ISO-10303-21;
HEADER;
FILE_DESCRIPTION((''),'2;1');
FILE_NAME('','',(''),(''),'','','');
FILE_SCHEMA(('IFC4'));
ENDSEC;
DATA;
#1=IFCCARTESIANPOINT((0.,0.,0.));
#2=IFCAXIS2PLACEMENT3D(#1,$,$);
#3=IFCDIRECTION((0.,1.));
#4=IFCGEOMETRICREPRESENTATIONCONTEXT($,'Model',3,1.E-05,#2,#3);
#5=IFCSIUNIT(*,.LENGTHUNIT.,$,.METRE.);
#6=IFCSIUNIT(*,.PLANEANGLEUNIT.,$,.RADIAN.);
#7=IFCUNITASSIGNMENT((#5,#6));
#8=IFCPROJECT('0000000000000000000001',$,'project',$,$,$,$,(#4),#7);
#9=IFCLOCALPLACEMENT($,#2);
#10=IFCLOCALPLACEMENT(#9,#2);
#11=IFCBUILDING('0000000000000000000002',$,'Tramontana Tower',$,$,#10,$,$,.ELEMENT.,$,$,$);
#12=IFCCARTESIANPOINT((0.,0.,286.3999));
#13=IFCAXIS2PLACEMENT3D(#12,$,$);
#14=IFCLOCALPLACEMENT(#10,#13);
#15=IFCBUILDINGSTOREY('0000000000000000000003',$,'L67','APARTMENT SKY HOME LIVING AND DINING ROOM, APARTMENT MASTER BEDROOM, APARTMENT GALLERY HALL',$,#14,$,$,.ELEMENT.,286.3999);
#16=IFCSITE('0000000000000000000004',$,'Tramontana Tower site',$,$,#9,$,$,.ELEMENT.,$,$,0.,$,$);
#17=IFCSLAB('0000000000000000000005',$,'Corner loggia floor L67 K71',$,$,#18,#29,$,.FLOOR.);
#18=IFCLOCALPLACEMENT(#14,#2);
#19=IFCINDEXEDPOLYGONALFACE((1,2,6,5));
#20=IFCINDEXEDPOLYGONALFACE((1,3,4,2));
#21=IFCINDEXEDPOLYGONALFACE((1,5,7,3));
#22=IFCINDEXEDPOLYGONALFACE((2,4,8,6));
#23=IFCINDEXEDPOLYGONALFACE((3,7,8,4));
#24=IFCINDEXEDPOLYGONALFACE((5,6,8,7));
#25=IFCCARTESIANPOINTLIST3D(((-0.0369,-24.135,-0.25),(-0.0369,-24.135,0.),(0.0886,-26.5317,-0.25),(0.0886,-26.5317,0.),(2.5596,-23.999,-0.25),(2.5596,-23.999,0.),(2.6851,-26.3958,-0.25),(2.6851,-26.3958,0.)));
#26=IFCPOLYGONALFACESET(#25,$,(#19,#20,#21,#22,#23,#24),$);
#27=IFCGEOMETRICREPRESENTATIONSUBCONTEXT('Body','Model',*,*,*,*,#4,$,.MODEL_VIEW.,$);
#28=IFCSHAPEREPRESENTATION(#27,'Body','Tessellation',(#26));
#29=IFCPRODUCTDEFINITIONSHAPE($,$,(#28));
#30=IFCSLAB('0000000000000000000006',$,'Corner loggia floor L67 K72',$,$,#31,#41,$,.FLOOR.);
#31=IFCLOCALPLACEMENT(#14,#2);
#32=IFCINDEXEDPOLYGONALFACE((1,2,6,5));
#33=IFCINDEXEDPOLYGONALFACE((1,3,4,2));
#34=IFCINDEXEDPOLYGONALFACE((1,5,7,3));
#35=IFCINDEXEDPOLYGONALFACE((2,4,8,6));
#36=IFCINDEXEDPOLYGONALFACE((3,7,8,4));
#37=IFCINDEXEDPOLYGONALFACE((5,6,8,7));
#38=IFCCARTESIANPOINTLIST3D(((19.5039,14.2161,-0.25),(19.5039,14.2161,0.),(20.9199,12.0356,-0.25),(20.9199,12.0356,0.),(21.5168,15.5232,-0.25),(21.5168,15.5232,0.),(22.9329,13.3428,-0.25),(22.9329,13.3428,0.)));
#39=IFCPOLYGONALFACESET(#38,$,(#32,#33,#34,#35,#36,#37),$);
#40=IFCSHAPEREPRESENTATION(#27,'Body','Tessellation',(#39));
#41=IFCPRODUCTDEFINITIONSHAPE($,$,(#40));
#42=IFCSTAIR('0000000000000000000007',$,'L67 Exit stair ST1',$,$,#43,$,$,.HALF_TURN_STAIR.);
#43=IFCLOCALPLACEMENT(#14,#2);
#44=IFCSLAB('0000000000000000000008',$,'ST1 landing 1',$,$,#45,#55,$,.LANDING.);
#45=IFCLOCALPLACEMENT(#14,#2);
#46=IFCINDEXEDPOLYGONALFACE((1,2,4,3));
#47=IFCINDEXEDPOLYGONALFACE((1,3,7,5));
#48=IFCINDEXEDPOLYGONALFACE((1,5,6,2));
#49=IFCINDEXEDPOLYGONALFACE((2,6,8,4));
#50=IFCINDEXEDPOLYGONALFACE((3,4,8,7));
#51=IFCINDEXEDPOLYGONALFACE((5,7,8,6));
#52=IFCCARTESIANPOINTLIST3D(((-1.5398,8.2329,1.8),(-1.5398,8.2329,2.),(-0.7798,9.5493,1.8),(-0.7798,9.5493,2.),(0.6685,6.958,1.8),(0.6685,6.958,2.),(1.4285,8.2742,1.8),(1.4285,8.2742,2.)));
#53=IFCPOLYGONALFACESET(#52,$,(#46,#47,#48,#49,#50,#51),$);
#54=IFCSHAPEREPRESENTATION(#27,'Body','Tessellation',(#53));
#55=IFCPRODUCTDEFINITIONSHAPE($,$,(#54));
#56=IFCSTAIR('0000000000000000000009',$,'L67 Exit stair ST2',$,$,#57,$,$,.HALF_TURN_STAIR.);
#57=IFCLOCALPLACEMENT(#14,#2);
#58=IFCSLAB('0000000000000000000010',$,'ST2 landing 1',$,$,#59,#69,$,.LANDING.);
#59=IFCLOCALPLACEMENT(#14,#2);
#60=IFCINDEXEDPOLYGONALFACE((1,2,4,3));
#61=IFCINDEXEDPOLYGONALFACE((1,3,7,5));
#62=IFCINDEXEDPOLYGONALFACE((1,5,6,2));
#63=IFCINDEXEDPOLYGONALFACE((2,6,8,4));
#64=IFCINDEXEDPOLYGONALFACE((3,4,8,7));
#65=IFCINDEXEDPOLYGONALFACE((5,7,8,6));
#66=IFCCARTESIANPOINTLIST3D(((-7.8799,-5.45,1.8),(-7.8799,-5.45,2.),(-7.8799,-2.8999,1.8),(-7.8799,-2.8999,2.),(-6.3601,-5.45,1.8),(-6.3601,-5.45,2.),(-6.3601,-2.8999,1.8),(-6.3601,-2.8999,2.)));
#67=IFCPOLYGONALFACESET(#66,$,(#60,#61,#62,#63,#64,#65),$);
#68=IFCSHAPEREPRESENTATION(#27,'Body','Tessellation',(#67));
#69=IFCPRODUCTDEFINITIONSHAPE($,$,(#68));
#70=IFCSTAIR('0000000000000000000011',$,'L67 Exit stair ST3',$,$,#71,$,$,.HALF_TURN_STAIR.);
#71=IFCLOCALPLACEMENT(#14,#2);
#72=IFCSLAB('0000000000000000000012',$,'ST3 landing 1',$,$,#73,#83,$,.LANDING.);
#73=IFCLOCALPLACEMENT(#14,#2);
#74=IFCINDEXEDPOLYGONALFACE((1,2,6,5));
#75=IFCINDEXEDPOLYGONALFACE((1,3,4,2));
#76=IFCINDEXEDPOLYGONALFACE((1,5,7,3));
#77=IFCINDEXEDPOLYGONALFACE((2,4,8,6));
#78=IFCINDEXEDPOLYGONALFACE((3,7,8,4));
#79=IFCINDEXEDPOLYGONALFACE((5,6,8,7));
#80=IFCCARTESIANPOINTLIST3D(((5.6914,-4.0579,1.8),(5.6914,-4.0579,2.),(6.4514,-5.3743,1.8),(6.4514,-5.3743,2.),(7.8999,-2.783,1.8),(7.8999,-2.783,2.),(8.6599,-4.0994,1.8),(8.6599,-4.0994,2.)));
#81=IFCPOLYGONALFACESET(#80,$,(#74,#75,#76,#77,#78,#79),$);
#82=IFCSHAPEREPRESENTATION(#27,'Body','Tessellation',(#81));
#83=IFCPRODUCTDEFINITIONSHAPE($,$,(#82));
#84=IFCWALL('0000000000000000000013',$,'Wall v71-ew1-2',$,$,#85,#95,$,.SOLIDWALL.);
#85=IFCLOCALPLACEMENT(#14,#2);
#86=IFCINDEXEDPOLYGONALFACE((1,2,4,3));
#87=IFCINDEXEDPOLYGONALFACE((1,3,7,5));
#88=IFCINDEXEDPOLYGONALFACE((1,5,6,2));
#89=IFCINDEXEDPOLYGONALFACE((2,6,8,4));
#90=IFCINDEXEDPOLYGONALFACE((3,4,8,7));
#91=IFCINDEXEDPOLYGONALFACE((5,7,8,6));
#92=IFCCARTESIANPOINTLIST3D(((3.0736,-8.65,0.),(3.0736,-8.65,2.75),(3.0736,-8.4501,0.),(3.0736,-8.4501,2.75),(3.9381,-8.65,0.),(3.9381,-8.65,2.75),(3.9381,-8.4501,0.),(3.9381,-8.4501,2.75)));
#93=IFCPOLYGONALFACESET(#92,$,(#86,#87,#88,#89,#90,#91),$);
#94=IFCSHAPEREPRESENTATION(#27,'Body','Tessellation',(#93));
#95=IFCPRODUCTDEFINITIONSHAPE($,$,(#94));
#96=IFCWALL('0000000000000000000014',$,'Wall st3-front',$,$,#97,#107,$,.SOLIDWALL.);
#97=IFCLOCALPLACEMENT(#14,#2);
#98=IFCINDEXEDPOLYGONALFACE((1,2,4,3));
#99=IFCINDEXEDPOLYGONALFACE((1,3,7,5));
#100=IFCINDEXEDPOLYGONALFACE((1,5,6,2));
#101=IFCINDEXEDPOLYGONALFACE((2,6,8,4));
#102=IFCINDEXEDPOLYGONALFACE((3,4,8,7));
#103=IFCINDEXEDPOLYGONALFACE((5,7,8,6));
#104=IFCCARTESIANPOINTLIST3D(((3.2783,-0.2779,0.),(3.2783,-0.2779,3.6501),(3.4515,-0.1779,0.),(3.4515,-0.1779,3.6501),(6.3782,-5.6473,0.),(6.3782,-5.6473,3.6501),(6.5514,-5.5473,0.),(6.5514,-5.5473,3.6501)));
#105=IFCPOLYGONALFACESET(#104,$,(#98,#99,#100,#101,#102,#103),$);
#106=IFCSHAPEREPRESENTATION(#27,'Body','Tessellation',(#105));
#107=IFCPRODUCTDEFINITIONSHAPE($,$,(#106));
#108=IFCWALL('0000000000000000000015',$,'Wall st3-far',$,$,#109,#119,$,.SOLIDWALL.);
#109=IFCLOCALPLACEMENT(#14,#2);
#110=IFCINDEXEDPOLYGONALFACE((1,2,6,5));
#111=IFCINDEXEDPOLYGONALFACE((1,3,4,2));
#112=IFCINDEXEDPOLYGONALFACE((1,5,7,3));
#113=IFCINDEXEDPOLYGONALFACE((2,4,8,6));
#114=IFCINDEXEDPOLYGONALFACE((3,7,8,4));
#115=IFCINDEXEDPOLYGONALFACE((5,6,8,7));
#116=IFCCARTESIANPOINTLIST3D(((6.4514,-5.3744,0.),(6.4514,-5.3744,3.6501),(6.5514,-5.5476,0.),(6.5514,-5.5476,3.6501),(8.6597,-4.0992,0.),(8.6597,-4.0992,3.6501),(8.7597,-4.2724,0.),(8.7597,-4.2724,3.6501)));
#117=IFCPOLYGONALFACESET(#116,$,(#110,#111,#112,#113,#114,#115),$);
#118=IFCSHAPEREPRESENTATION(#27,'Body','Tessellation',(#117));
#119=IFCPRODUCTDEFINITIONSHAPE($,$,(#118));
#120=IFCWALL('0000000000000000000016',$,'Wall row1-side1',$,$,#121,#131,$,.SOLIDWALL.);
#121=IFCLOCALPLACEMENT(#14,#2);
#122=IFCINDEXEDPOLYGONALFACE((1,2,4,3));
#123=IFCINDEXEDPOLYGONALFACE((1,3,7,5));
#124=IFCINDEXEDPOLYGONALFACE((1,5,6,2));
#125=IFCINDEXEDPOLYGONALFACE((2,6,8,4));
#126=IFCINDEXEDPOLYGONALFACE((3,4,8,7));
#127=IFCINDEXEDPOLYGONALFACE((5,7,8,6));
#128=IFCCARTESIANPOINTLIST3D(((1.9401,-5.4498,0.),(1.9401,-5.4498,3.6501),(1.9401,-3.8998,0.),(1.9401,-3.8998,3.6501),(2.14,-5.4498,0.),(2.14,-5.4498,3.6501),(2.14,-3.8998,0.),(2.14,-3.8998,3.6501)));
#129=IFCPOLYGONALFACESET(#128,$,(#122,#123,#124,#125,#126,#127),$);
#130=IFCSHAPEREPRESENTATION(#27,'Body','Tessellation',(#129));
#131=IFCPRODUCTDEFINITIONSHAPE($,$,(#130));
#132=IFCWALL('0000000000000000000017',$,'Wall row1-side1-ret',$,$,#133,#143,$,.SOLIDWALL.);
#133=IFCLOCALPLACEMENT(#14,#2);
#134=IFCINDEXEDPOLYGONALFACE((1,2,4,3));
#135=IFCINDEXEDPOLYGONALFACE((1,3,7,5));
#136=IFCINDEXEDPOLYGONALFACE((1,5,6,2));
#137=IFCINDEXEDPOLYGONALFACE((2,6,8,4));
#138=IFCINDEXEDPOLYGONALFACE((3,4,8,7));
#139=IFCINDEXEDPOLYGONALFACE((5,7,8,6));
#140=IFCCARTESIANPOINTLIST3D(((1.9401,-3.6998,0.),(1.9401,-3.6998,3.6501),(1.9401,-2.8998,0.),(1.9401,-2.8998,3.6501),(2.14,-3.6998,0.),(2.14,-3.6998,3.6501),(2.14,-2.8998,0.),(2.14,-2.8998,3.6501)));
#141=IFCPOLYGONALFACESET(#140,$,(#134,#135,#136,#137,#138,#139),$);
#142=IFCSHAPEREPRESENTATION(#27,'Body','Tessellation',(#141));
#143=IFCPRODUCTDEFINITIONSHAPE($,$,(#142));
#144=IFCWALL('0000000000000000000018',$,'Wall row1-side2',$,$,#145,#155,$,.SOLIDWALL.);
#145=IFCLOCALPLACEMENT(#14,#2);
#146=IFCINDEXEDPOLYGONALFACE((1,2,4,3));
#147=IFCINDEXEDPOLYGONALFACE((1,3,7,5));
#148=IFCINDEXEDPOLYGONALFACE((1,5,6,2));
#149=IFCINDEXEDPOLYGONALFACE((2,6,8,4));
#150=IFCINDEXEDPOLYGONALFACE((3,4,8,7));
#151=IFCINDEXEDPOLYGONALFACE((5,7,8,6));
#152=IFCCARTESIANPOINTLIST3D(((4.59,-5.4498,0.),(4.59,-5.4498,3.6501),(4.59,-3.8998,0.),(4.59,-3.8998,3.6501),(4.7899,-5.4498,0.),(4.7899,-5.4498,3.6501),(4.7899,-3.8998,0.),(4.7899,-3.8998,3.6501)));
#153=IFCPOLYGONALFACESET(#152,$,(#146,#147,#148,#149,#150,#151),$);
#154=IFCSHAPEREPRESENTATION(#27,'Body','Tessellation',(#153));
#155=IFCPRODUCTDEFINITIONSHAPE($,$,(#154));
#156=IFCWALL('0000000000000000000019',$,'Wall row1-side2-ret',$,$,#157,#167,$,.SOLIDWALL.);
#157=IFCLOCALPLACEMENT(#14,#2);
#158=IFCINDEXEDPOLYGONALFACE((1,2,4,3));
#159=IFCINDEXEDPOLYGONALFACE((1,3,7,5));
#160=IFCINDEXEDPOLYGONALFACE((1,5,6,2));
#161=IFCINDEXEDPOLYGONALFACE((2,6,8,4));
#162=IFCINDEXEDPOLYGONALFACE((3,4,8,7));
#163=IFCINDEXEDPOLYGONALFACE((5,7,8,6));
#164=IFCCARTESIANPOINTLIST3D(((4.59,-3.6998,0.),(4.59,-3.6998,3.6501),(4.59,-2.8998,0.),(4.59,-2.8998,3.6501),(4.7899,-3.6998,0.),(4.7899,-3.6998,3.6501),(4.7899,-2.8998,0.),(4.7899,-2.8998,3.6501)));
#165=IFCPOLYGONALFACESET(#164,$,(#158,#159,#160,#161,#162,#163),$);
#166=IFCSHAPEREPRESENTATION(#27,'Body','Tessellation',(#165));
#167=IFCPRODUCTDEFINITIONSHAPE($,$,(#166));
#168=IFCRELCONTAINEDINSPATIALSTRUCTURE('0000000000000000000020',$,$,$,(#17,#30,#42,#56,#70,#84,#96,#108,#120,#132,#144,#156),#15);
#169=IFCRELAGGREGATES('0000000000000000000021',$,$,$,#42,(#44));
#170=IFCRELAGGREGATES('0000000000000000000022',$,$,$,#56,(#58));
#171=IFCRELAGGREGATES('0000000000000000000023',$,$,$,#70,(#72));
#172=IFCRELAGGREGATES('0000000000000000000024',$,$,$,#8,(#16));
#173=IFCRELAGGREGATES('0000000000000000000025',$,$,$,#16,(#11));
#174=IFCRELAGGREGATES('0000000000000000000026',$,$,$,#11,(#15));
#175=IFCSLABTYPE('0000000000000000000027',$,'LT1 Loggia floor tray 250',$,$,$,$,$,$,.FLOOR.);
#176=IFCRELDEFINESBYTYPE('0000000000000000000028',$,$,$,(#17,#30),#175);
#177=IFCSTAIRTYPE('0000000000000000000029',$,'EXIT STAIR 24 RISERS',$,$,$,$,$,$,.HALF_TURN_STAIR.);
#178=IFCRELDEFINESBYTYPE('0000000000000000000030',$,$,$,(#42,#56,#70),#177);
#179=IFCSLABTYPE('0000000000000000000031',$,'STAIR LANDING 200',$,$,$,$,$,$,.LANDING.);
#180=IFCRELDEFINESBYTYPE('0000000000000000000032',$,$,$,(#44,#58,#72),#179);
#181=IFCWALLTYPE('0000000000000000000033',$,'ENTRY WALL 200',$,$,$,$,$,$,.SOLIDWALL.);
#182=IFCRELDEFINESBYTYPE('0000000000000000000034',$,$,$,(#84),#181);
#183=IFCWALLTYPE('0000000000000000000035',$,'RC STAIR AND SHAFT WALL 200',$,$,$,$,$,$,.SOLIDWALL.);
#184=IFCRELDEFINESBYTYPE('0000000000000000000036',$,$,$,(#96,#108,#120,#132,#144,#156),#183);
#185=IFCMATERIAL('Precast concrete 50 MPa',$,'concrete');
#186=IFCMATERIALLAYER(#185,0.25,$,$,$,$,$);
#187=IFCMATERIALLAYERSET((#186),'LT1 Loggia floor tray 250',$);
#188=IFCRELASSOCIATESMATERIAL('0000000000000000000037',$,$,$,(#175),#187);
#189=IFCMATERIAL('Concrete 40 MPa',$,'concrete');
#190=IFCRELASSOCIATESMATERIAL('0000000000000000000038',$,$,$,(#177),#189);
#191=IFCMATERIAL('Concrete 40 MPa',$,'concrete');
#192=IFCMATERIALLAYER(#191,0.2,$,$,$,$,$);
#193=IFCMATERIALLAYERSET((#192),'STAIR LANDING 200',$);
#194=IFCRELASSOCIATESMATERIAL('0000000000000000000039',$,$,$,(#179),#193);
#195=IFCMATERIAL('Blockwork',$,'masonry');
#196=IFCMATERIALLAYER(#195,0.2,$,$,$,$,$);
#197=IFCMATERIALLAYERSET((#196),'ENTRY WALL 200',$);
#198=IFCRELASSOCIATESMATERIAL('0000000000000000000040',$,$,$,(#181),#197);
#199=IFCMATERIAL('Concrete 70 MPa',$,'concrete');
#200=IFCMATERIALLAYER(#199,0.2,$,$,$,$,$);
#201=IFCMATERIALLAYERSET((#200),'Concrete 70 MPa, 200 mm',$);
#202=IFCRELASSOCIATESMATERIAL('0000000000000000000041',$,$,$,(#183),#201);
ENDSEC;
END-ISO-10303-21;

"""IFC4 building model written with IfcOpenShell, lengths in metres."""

from ifc_helpers import new_model, si_unit, direction, frame, frame_2d, origin, place, context, subcontext, project, spatial, polyline, rectangle, outline, extrude, material, layer, layer_set, type_object, element, aggregate, save


model = new_model("IFC4")

# Units and contexts
model_context = context("Model", 3, precision=1e-05, world=origin(), true_north=direction((0.0, 1.0)))
body_context = subcontext(model_context, "Body", "Model", "MODEL_VIEW")
ifc_project = project(units=[si_unit("LENGTHUNIT", "METRE"), si_unit("PLANEANGLEUNIT", "RADIAN")], contexts=[model_context])

# Site, building, storey
site_placement = place(None, origin())
site = spatial("IfcSite", under=ifc_project, at=site_placement, Name="Tramontana Tower site", CompositionType="ELEMENT", RefElevation=0.0)
building_placement = place(site_placement, origin())
building = spatial("IfcBuilding", under=site, at=building_placement, Name="Tramontana Tower", CompositionType="ELEMENT")
storey_placement = place(building_placement, frame((0.0, 0.0, 286.3999)))
storey = spatial("IfcBuildingStorey", under=building, at=storey_placement, Name="L67", Description="APARTMENT SKY HOME LIVING AND DINING ROOM, APARTMENT MASTER BEDROOM, APARTMENT GALLERY HALL", CompositionType="ELEMENT", Elevation=286.3999)

# Slabs
ifc_material_1 = material(Name="Precast concrete 50 MPa", Category="concrete")
ifc_layer_1 = layer(ifc_material_1, 0.25)
ifc_layer_set_1 = layer_set([ifc_layer_1], Name="LT1 Loggia floor tray 250")
slab_type_1 = type_object("IfcSlabType", Name="LT1 Loggia floor tray 250", PredefinedType="FLOOR", material=ifc_layer_set_1)
slab_1_placement = place(storey_placement, frame((0.0, 0.0, -0.25)))
element("IfcSlab", 1, at=slab_1_placement, inside=storey, type_object=slab_type_1, Name="Corner loggia floor L67 K71", PredefinedType="FLOOR", context=body_context, shape_type="SweptSolid", body=[
    extrude(outline(polyline([(0.0886, -26.5317), (-0.0369, -24.135), (2.5596, -23.999), (2.6851, -26.3958), (0.0886, -26.5317)])), origin(), (0.0, 0.0, 1.0), 0.25),
])
slab_2_placement = place(storey_placement, frame((0.0, 0.0, -0.25)))
element("IfcSlab", 2, at=slab_2_placement, inside=storey, type_object=slab_type_1, Name="Corner loggia floor L67 K72", PredefinedType="FLOOR", context=body_context, shape_type="SweptSolid", body=[
    extrude(outline(polyline([(22.9329, 13.3428), (20.9199, 12.0356), (19.5039, 14.2161), (21.5168, 15.5232), (22.9329, 13.3428)])), origin(), (0.0, 0.0, 1.0), 0.25),
])

# Stairs, slabs
ifc_material_2 = material(Name="Concrete 40 MPa", Category="concrete")
stair_type = type_object("IfcStairType", Name="EXIT STAIR 24 RISERS", PredefinedType="HALF_TURN_STAIR", material=ifc_material_2)
stair_1_placement = place(storey_placement, origin())
stair_1 = element("IfcStair", 3, at=stair_1_placement, inside=storey, type_object=stair_type, Name="L67 Exit stair ST1", PredefinedType="HALF_TURN_STAIR")
ifc_material_3 = material(Name="Concrete 40 MPa", Category="concrete")
ifc_layer_2 = layer(ifc_material_3, 0.2)
ifc_layer_set_2 = layer_set([ifc_layer_2], Name="STAIR LANDING 200")
slab_type_2 = type_object("IfcSlabType", Name="STAIR LANDING 200", PredefinedType="LANDING", material=ifc_layer_set_2)
slab_3_placement = place(storey_placement, frame((0.0, 0.0, 1.8)))
slab_3 = element("IfcSlab", 4, at=slab_3_placement, type_object=slab_type_2, Name="ST1 landing 1", PredefinedType="LANDING", context=body_context, shape_type="SweptSolid", body=[
    extrude(outline(polyline([(0.6685, 6.958), (1.4285, 8.2742), (-0.7798, 9.5493), (-1.5398, 8.2329), (0.6685, 6.958)])), origin(), (0.0, 0.0, 1.0), 0.2),
])
aggregate(stair_1, [slab_3])
stair_2_placement = place(storey_placement, origin())
stair_2 = element("IfcStair", 5, at=stair_2_placement, inside=storey, type_object=stair_type, Name="L67 Exit stair ST2", PredefinedType="HALF_TURN_STAIR")
slab_4_placement = place(storey_placement, frame((0.0, 0.0, 1.8)))
slab_4 = element("IfcSlab", 6, at=slab_4_placement, type_object=slab_type_2, Name="ST2 landing 1", PredefinedType="LANDING", context=body_context, shape_type="SweptSolid", body=[
    extrude(outline(polyline([(-6.3601, -2.8999), (-7.8799, -2.8999), (-7.8799, -5.45), (-6.3601, -5.45), (-6.3601, -2.8999)])), origin(), (0.0, 0.0, 1.0), 0.2),
])
aggregate(stair_2, [slab_4])
stair_3_placement = place(storey_placement, origin())
stair_3 = element("IfcStair", 7, at=stair_3_placement, inside=storey, type_object=stair_type, Name="L67 Exit stair ST3", PredefinedType="HALF_TURN_STAIR")
slab_5_placement = place(storey_placement, frame((0.0, 0.0, 1.8)))
slab_5 = element("IfcSlab", 8, at=slab_5_placement, type_object=slab_type_2, Name="ST3 landing 1", PredefinedType="LANDING", context=body_context, shape_type="SweptSolid", body=[
    extrude(outline(polyline([(5.6914, -4.0579), (6.4514, -5.3743), (8.6599, -4.0994), (7.8999, -2.783), (5.6914, -4.0579)])), origin(), (0.0, 0.0, 1.0), 0.2),
])

# Walls
ifc_material_4 = material(Name="Blockwork", Category="masonry")
ifc_layer_3 = layer(ifc_material_4, 0.2)
ifc_layer_set_3 = layer_set([ifc_layer_3], Name="ENTRY WALL 200")
wall_type_1 = type_object("IfcWallType", Name="ENTRY WALL 200", PredefinedType="SOLIDWALL", material=ifc_layer_set_3)
wall_1_placement = place(storey_placement, frame((3.938, -8.55, 0.0), z_axis=(0.0, 0.0, 1.0), x_axis=(-1.0, 0.0, 0.0)))
element("IfcWall", 9, at=wall_1_placement, inside=storey, type_object=wall_type_1, Name="Wall v71-ew1-2", PredefinedType="SOLIDWALL", context=body_context, shape_type="SweptSolid", body=[
    extrude(rectangle(XDim=0.8645, YDim=0.2, at=frame_2d((0.4321, 0.0))), origin(), (0.0, 0.0, 1.0), 2.75),
])
ifc_material_5 = material(Name="Concrete 70 MPa", Category="concrete")
ifc_layer_4 = layer(ifc_material_5, 0.2)
ifc_layer_set_4 = layer_set([ifc_layer_4], Name="Concrete 70 MPa, 200 mm")
wall_type_2 = type_object("IfcWallType", Name="RC STAIR AND SHAFT WALL 200", PredefinedType="SOLIDWALL", material=ifc_layer_set_4)
wall_2_placement = place(storey_placement, frame((6.4648, -5.5974, 0.0), z_axis=(0.0, 0.0, 1.0), x_axis=(-0.49998, 0.866037, 0.0)))
element("IfcWall", 10, at=wall_2_placement, inside=storey, type_object=wall_type_2, Name="Wall st3-front", PredefinedType="SOLIDWALL", context=body_context, shape_type="SweptSolid", body=[
    extrude(rectangle(XDim=6.2, YDim=0.2, at=frame_2d((3.1001, 0.0))), origin(), (0.0, 0.0, 1.0), 3.6501),
])
wall_3_placement = place(storey_placement, frame((6.5015, -5.4609, 0.0), z_axis=(0.0, 0.0, 1.0), x_axis=(0.865989, 0.500062, 0.0)))
element("IfcWall", 11, at=wall_3_placement, inside=storey, type_object=wall_type_2, Name="Wall st3-far", PredefinedType="SOLIDWALL", context=body_context, shape_type="SweptSolid", body=[
    extrude(rectangle(XDim=2.55, YDim=0.2, at=frame_2d((1.2749, 0.0))), origin(), (0.0, 0.0, 1.0), 3.6501),
])

# Walls
wall_4_placement = place(storey_placement, frame((2.04, -3.8999, 0.0), z_axis=(0.0, 0.0, 1.0), x_axis=(0.0, -1.0, 0.0)))
element("IfcWall", 12, at=wall_4_placement, inside=storey, type_object=wall_type_2, Name="Wall row1-side1", PredefinedType="SOLIDWALL", context=body_context, shape_type="SweptSolid", body=[
    extrude(rectangle(XDim=1.55, YDim=0.2, at=frame_2d((0.7749, 0.0))), origin(), (0.0, 0.0, 1.0), 3.6501),
])
wall_5_placement = place(storey_placement, frame((2.04, -2.8999, 0.0), z_axis=(0.0, 0.0, 1.0), x_axis=(0.0, -1.0, 0.0)))
element("IfcWall", 13, at=wall_5_placement, inside=storey, type_object=wall_type_2, Name="Wall row1-side1-ret", PredefinedType="SOLIDWALL", context=body_context, shape_type="SweptSolid", body=[
    extrude(rectangle(XDim=0.8, YDim=0.2, at=frame_2d((0.3999, 0.0))), origin(), (0.0, 0.0, 1.0), 3.6501),
])
wall_6_placement = place(storey_placement, frame((4.6899, -3.8999, 0.0), z_axis=(0.0, 0.0, 1.0), x_axis=(0.0, -1.0, 0.0)))
element("IfcWall", 14, at=wall_6_placement, inside=storey, type_object=wall_type_2, Name="Wall row1-side2", PredefinedType="SOLIDWALL", context=body_context, shape_type="SweptSolid", body=[
    extrude(rectangle(XDim=1.55, YDim=0.2, at=frame_2d((0.7749, 0.0))), origin(), (0.0, 0.0, 1.0), 3.6501),
])
wall_7_placement = place(storey_placement, frame((4.6899, -2.8999, 0.0), z_axis=(0.0, 0.0, 1.0), x_axis=(0.0, -1.0, 0.0)))
element("IfcWall", 15, at=wall_7_placement, inside=storey, type_object=wall_type_2, Name="Wall row1-side2-ret", PredefinedType="SOLIDWALL", context=body_context, shape_type="SweptSolid", body=[
    extrude(rectangle(XDim=0.8, YDim=0.2, at=frame_2d((0.3999, 0.0))), origin(), (0.0, 0.0, 1.0), 3.6501),
])

aggregate(stair_3, [slab_5])

save(model, "model.ifc")
